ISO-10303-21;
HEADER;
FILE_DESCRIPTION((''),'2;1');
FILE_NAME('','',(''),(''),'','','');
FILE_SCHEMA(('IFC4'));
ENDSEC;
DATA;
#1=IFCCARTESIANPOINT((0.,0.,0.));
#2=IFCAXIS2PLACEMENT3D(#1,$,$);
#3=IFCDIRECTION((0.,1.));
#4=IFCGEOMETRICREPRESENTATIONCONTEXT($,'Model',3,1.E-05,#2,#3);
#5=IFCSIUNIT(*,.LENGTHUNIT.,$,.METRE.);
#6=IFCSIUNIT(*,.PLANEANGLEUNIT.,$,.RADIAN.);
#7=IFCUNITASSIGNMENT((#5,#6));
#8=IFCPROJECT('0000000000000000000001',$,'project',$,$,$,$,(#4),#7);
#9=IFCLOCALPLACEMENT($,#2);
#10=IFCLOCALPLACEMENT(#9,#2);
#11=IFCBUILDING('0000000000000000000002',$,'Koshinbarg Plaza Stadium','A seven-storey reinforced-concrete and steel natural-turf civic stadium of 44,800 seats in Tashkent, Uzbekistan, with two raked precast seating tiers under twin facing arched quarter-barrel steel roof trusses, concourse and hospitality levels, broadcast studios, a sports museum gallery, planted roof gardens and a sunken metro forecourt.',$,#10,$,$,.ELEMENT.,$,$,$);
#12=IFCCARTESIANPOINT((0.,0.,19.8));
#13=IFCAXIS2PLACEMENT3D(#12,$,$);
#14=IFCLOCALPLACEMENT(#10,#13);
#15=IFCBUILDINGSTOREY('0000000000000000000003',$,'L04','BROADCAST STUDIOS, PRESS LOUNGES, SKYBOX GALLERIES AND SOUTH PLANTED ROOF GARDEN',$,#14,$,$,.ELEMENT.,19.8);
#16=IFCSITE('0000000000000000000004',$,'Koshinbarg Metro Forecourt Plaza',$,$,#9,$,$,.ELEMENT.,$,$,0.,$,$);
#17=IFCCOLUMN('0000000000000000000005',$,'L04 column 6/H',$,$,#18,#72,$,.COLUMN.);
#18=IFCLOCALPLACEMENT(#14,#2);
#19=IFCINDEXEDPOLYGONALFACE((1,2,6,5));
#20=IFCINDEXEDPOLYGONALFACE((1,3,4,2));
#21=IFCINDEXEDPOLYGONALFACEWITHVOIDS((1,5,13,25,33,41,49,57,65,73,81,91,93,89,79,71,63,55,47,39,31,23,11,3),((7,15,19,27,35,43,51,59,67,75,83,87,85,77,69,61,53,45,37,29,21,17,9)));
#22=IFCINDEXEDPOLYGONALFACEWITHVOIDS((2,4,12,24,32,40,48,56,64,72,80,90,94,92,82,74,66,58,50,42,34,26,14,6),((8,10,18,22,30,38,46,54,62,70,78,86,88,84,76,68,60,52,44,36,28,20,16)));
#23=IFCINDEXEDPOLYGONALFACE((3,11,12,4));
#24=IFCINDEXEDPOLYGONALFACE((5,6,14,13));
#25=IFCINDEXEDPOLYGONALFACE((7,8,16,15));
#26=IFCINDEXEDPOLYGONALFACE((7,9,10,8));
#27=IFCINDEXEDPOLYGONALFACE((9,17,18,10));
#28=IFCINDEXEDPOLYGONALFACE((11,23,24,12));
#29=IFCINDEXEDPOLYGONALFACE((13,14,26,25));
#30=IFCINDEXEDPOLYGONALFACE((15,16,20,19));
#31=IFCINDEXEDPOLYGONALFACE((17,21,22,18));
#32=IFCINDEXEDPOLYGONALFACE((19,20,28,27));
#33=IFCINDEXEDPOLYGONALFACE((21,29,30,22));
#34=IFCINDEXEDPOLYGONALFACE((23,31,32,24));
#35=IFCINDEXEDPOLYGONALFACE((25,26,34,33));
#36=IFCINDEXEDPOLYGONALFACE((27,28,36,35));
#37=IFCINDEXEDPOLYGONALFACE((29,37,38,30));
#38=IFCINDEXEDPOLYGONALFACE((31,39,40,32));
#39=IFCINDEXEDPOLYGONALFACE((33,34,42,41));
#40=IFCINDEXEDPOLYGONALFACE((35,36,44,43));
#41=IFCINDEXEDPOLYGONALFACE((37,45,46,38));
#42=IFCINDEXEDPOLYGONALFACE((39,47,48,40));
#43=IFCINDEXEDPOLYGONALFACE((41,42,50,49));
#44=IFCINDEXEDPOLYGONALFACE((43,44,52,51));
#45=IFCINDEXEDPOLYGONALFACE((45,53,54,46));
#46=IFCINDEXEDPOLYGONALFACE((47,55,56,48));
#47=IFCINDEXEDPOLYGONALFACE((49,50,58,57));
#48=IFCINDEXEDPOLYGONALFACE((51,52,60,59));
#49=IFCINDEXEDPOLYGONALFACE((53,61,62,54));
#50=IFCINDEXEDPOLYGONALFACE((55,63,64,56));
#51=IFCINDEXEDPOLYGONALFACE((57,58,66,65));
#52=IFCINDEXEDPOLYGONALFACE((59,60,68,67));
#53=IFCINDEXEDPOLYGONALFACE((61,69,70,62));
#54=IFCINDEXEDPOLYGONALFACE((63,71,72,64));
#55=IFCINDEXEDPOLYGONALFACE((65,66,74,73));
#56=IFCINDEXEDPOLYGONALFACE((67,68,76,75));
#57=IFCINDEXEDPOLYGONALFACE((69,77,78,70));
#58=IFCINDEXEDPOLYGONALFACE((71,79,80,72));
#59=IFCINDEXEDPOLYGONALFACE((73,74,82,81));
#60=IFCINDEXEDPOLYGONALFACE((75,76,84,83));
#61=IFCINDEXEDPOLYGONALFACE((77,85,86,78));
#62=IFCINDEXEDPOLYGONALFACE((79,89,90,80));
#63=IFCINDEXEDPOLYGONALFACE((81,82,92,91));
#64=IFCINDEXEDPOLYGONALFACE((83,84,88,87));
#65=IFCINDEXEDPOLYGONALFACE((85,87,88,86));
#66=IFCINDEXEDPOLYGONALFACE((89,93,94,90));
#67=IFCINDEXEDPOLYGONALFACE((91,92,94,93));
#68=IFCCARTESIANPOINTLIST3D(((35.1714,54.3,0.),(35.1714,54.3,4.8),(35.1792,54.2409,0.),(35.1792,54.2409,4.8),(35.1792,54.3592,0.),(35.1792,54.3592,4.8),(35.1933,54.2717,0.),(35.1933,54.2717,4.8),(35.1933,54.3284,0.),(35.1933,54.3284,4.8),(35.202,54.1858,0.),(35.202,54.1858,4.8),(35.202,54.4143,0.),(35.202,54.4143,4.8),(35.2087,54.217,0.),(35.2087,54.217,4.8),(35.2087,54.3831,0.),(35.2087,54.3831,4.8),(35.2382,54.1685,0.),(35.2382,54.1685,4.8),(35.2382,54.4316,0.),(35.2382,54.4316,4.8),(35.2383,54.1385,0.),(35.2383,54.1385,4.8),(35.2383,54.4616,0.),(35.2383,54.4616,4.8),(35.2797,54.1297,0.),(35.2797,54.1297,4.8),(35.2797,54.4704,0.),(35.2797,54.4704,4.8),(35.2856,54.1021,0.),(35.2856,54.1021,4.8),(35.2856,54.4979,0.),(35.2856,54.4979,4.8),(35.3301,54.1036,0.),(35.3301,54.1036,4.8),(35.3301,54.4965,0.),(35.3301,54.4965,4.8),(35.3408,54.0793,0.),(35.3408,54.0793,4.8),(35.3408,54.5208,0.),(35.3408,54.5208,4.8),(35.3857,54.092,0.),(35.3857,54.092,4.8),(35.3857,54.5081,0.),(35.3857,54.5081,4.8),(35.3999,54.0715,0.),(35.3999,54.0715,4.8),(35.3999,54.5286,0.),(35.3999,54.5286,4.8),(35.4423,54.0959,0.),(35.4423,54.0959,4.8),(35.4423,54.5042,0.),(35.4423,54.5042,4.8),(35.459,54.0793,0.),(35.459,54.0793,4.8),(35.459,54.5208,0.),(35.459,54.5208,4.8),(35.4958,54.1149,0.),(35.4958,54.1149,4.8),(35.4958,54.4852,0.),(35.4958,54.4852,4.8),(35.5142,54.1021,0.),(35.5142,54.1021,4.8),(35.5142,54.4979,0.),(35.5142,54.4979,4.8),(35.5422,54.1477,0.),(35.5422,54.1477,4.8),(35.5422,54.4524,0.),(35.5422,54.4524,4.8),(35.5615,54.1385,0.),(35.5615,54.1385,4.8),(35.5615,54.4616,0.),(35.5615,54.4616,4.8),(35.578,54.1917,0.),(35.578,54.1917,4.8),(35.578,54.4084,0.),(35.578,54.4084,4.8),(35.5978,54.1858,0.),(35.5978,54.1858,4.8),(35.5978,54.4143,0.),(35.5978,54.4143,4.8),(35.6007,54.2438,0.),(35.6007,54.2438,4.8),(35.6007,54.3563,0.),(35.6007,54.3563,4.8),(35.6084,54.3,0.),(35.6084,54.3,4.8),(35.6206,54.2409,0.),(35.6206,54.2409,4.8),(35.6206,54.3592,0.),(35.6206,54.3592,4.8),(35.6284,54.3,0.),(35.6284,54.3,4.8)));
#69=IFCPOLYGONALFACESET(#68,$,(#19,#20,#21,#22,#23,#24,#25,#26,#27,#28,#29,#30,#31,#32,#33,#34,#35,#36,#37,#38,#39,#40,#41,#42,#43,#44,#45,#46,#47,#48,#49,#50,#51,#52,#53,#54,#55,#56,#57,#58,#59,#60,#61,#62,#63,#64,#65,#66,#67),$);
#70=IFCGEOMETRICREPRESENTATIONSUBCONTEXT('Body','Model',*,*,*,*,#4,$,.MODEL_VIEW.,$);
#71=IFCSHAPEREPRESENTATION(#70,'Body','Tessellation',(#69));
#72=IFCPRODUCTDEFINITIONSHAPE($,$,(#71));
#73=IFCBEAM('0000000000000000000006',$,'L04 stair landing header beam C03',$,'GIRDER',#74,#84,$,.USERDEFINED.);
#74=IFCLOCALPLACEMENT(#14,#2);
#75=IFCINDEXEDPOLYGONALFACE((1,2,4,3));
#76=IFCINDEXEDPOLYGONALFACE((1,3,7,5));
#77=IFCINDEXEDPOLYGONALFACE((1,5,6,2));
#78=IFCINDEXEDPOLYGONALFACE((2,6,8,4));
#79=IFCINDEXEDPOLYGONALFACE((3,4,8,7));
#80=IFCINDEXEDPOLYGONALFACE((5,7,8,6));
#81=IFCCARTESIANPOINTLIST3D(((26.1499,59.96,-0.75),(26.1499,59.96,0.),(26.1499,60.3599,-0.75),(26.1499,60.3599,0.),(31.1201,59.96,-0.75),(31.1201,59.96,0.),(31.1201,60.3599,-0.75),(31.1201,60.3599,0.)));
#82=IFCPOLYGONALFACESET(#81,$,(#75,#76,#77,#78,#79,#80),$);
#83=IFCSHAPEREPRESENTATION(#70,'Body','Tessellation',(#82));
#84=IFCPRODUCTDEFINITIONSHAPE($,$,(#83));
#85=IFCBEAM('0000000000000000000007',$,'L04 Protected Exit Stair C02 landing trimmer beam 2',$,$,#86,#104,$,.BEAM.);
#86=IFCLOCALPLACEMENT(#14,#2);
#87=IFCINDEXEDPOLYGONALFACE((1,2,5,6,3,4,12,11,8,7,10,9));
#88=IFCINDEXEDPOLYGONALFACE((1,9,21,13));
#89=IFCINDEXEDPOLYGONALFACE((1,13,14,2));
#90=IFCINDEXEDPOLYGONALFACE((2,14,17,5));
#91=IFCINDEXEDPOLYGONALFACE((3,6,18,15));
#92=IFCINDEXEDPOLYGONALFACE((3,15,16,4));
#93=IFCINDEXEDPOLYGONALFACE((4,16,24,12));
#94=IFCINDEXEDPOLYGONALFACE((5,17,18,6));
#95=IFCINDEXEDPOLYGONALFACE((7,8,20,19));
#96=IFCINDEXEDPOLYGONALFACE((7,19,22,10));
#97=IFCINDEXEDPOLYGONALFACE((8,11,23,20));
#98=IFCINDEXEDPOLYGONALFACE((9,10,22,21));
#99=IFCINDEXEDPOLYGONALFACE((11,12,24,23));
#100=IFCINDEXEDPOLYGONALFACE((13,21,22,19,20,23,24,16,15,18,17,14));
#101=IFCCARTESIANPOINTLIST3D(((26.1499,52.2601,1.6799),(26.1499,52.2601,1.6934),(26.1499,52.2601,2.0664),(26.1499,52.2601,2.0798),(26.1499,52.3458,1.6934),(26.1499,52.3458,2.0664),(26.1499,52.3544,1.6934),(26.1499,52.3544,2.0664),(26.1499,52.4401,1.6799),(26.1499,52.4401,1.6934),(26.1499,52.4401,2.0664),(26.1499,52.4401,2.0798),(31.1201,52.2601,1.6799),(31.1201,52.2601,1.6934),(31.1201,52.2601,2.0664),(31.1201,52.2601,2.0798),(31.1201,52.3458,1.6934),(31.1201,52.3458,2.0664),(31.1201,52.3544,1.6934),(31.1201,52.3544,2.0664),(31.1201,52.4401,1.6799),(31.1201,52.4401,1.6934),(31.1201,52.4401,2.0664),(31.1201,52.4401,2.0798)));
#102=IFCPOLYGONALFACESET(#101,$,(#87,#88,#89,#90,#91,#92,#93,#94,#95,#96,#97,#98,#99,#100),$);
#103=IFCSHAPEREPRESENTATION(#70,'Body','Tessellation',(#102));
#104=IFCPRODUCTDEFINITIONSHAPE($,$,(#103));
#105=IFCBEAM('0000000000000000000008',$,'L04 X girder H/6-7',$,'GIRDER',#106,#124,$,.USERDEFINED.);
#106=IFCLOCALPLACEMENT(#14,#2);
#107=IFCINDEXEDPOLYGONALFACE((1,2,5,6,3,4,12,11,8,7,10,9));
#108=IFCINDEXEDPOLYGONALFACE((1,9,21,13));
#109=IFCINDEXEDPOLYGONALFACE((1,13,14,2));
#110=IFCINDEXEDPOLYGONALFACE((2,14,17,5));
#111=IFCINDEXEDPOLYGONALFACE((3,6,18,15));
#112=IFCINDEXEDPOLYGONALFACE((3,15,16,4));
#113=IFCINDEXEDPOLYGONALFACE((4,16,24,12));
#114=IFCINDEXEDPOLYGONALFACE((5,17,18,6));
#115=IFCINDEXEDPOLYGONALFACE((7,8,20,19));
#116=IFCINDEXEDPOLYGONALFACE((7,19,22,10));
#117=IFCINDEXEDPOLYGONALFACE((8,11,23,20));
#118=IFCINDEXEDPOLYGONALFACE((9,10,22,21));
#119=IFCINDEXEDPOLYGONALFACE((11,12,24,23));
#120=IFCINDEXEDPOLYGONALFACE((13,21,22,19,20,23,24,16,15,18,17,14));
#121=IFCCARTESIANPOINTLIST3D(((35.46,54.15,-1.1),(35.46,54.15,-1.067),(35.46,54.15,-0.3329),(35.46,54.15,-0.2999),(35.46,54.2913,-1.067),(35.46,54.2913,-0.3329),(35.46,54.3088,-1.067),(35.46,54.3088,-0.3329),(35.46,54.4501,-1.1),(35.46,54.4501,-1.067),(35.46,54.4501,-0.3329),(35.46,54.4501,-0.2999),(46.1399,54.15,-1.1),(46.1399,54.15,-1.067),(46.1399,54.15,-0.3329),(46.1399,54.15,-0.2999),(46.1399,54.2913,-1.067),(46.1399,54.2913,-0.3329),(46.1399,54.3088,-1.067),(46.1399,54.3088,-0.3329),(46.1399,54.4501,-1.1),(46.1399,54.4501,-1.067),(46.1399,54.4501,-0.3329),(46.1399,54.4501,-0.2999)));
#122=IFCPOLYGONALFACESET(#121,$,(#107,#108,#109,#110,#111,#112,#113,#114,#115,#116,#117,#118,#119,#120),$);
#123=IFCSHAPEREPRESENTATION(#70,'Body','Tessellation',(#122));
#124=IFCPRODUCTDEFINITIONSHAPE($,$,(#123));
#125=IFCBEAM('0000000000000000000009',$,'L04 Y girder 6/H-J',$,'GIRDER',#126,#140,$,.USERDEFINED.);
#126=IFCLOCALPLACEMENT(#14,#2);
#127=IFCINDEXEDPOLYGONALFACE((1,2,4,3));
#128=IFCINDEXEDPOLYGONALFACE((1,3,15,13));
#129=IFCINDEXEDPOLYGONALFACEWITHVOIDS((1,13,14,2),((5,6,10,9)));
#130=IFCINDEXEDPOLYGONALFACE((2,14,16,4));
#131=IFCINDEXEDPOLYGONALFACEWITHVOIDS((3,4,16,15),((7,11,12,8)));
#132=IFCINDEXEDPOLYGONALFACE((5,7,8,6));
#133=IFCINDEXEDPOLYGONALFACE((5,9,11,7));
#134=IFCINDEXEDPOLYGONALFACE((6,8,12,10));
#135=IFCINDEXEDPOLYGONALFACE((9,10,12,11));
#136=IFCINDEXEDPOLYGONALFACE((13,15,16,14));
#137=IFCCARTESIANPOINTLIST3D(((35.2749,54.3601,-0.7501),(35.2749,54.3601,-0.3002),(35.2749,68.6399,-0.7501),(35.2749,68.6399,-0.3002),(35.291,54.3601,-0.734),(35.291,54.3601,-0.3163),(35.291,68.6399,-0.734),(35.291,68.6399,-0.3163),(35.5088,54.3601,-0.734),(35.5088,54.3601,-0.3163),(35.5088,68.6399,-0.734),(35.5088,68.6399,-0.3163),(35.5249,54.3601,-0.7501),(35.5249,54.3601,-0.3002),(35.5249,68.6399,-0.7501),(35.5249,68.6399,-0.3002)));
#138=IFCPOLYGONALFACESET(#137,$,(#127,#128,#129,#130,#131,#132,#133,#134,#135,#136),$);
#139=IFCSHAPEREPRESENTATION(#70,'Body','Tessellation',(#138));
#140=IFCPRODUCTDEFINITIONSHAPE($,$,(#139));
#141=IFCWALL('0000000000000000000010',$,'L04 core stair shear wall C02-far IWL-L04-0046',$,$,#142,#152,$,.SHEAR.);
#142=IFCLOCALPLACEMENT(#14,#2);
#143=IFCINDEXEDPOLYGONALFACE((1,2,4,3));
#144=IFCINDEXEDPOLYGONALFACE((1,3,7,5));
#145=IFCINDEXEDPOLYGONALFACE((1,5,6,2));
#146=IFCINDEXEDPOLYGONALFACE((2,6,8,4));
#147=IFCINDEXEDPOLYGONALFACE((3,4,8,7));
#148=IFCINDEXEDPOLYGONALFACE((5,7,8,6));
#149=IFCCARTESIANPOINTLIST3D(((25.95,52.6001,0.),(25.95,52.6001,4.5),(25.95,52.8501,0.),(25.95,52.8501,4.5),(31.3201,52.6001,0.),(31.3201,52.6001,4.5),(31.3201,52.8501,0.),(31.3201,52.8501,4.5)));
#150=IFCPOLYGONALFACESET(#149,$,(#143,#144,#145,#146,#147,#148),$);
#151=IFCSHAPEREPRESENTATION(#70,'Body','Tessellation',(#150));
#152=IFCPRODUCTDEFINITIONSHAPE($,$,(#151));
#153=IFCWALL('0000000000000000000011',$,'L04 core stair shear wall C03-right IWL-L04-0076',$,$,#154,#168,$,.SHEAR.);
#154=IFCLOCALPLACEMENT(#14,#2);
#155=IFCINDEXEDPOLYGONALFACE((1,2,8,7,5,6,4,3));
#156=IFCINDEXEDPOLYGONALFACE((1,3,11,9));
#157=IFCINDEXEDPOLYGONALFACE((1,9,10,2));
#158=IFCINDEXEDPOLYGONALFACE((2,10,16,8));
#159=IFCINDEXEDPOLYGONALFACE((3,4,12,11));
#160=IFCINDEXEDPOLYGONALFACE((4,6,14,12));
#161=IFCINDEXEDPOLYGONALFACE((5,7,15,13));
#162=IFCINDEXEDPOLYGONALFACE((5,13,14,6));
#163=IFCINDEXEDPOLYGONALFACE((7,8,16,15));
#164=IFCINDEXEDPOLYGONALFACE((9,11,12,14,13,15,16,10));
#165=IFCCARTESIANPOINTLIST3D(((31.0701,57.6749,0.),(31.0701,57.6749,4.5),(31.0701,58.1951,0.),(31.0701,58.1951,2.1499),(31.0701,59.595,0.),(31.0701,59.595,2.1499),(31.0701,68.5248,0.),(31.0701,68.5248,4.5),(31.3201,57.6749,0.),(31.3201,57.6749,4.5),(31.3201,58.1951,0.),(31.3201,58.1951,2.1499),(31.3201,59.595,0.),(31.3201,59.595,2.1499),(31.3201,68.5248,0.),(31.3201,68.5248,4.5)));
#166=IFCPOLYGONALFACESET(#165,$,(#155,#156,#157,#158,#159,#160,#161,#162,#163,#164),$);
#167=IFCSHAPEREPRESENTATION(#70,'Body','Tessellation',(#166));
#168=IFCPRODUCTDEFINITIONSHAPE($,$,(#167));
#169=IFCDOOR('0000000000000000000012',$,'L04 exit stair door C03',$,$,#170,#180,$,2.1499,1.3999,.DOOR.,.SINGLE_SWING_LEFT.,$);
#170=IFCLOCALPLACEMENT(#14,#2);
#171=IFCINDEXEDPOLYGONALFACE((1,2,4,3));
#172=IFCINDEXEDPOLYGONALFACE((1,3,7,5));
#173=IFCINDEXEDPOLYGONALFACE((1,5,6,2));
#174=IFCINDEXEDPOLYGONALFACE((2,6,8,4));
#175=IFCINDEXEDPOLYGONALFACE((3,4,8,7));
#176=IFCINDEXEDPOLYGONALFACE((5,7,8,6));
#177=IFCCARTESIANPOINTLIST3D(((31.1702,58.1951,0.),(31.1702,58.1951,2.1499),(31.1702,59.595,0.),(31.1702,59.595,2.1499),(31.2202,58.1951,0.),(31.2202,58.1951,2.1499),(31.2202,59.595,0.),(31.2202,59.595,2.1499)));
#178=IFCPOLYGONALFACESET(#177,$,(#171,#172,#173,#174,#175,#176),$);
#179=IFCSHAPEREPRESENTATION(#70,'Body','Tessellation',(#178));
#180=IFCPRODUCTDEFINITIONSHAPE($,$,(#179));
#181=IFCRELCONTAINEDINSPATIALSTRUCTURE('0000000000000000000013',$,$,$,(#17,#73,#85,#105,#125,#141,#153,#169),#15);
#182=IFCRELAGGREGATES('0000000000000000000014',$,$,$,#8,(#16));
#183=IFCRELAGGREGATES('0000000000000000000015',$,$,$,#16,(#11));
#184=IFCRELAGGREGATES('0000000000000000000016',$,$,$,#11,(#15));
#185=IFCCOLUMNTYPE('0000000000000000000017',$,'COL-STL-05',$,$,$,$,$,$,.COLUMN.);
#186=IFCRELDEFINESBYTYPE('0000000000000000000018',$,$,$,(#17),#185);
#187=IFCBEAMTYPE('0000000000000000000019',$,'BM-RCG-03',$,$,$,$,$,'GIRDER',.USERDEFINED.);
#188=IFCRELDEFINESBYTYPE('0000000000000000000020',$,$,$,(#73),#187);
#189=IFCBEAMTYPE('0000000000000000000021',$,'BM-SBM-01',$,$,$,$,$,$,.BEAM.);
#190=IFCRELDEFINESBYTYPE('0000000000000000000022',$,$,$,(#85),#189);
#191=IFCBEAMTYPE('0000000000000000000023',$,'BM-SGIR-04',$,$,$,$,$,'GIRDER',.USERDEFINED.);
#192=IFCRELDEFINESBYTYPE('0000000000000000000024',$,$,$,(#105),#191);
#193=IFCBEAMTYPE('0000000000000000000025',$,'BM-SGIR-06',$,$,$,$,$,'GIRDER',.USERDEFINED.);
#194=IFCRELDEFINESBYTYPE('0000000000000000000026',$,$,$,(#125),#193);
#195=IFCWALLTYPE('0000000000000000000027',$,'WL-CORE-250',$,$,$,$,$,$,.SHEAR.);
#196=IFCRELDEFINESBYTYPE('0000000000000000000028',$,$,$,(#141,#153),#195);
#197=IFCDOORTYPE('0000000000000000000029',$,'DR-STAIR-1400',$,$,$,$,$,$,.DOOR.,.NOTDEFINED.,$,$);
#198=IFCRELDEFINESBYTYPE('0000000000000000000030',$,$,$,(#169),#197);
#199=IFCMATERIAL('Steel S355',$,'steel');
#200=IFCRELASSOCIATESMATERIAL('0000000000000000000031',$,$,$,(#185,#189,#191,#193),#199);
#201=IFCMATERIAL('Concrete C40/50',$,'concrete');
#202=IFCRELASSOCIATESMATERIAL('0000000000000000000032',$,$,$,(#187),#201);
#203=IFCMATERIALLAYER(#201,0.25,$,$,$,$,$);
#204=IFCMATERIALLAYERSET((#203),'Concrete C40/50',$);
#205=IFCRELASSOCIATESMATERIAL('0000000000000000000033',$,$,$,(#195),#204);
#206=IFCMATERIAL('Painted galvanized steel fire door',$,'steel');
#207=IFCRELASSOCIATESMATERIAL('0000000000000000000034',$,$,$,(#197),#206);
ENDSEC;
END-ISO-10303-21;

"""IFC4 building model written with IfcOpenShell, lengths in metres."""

from ifc_helpers import new_model, si_unit, direction, frame, frame_2d, origin, origin_2d, place, context, subcontext, project, spatial, rectangle, hollow_rectangle, hollow_circle, i_section, extrude, material, layer, layer_set, material_profile, profile_set, type_object, element, fill, save


model = new_model("IFC4")

# Units and contexts
model_context = context("Model", 3, precision=1e-05, world=origin(), true_north=direction((0.0, 1.0)))
body_context = subcontext(model_context, "Body", "Model", "MODEL_VIEW")
ifc_project = project(units=[si_unit("LENGTHUNIT", "METRE"), si_unit("PLANEANGLEUNIT", "RADIAN")], contexts=[model_context])

# Site, building, storey
site_placement = place(None, origin())
site = spatial("IfcSite", under=ifc_project, at=site_placement, Name="Koshinbarg Metro Forecourt Plaza", CompositionType="ELEMENT", RefElevation=0.0)
building_placement = place(site_placement, origin())
building = spatial("IfcBuilding", under=site, at=building_placement, Name="Koshinbarg Plaza Stadium", Description="A seven-storey reinforced-concrete and steel natural-turf civic stadium of 44,800 seats in Tashkent, Uzbekistan, with two raked precast seating tiers under twin facing arched quarter-barrel steel roof trusses, concourse and hospitality levels, broadcast studios, a sports museum gallery, planted roof gardens and a sunken metro forecourt.", CompositionType="ELEMENT")
storey_placement = place(building_placement, frame((0.0, 0.0, 19.8)))
storey = spatial("IfcBuildingStorey", under=building, at=storey_placement, Name="L04", Description="BROADCAST STUDIOS, PRESS LOUNGES, SKYBOX GALLERIES AND SOUTH PLANTED ROOF GARDEN", CompositionType="ELEMENT", Elevation=19.8)

# Column
ifc_material_1 = material(Name="Steel S355", Category="steel")
ifc_material_profile_1 = material_profile(ifc_material_1, hollow_circle(Radius=0.2285, WallThickness=0.02, at=origin_2d()), Name="CHS 457x20")
ifc_profile_set_1 = profile_set([ifc_material_profile_1], Name="Steel S355")
column_type = type_object("IfcColumnType", Name="COL-STL-05", PredefinedType="COLUMN", material=ifc_profile_set_1)
column_placement = place(storey_placement, frame((35.3999, 54.3, 0.0), z_axis=(0.0, 0.0, 1.0), x_axis=(1.0, 0.0, 0.0)))
element("IfcColumn", 1, at=column_placement, inside=storey, type_object=column_type, Name="L04 column 6/H", PredefinedType="COLUMN", context=body_context, shape_type="SweptSolid", body=[
    extrude(hollow_circle(Radius=0.2285, WallThickness=0.02, at=origin_2d()), origin(), (0.0, 0.0, 1.0), 4.8),
])

# Beams
ifc_material_2 = material(Name="Concrete C40/50", Category="concrete")
ifc_material_profile_2 = material_profile(ifc_material_2, rectangle(XDim=0.3999, YDim=0.75, at=origin_2d()), Name="RC 400x750")
ifc_profile_set_2 = profile_set([ifc_material_profile_2], Name="Concrete C40/50")
beam_type_1 = type_object("IfcBeamType", Name="BM-RCG-03", ElementType="GIRDER", PredefinedType="USERDEFINED", material=ifc_profile_set_2)
beam_1_placement = place(storey_placement, frame((26.1499, 60.1599, -0.375), z_axis=(1.0, 0.0, 0.0), x_axis=(0.0, 1.0, 0.0)))
element("IfcBeam", 2, at=beam_1_placement, inside=storey, type_object=beam_type_1, Name="L04 stair landing header beam C03", ObjectType="GIRDER", PredefinedType="USERDEFINED", context=body_context, shape_type="SweptSolid", body=[
    extrude(rectangle(XDim=0.3999, YDim=0.75, at=origin_2d()), origin(), (0.0, 0.0, 1.0), 4.9702),
])
ifc_material_profile_3 = material_profile(ifc_material_1, i_section(OverallWidth=0.1799, OverallDepth=0.3999, WebThickness=0.0085, FlangeThickness=0.0134, at=origin_2d()), Name="IPE 400")
ifc_profile_set_3 = profile_set([ifc_material_profile_3], Name="Steel S355")
beam_type_2 = type_object("IfcBeamType", Name="BM-SBM-01", PredefinedType="BEAM", material=ifc_profile_set_3)
beam_2_placement = place(storey_placement, frame((26.1499, 52.3501, 1.8799), z_axis=(1.0, 0.0, 0.0), x_axis=(0.0, 1.0, 0.0)))
element("IfcBeam", 3, at=beam_2_placement, inside=storey, type_object=beam_type_2, Name="L04 Protected Exit Stair C02 landing trimmer beam 2", PredefinedType="BEAM", context=body_context, shape_type="SweptSolid", body=[
    extrude(i_section(OverallWidth=0.1799, OverallDepth=0.3999, WebThickness=0.0085, FlangeThickness=0.0134, at=origin_2d()), origin(), (0.0, 0.0, 1.0), 4.9702),
])
ifc_material_profile_4 = material_profile(ifc_material_1, i_section(OverallWidth=0.3, OverallDepth=0.8, WebThickness=0.0176, FlangeThickness=0.033, at=origin_2d()), Name="HEB 800")
ifc_profile_set_4 = profile_set([ifc_material_profile_4], Name="Steel S355")
beam_type_3 = type_object("IfcBeamType", Name="BM-SGIR-04", ElementType="GIRDER", PredefinedType="USERDEFINED", material=ifc_profile_set_4)
beam_3_placement = place(storey_placement, frame((35.46, 54.3, -0.7), z_axis=(1.0, 0.0, 0.0), x_axis=(0.0, 1.0, 0.0)))
element("IfcBeam", 4, at=beam_3_placement, inside=storey, type_object=beam_type_3, Name="L04 X girder H/6-7", ObjectType="GIRDER", PredefinedType="USERDEFINED", context=body_context, shape_type="SweptSolid", body=[
    extrude(i_section(OverallWidth=0.3, OverallDepth=0.8, WebThickness=0.0176, FlangeThickness=0.033, at=origin_2d()), origin(), (0.0, 0.0, 1.0), 10.6799),
])
ifc_material_profile_5 = material_profile(ifc_material_1, hollow_rectangle(XDim=0.25, YDim=0.45, WallThickness=0.0161, at=origin_2d()), Name="RHS 450x250x16")
ifc_profile_set_5 = profile_set([ifc_material_profile_5], Name="Steel S355")
beam_type_4 = type_object("IfcBeamType", Name="BM-SGIR-06", ElementType="GIRDER", PredefinedType="USERDEFINED", material=ifc_profile_set_5)
beam_4_placement = place(storey_placement, frame((35.3999, 54.3601, -0.5251), z_axis=(0.0, 1.0, 0.0), x_axis=(-1.0, 0.0, 0.0)))
element("IfcBeam", 5, at=beam_4_placement, inside=storey, type_object=beam_type_4, Name="L04 Y girder 6/H-J", ObjectType="GIRDER", PredefinedType="USERDEFINED", context=body_context, shape_type="SweptSolid", body=[
    extrude(hollow_rectangle(XDim=0.25, YDim=0.45, WallThickness=0.0161, at=origin_2d()), origin(), (0.0, 0.0, 1.0), 14.2798),
])

# Wall
ifc_layer_1 = layer(ifc_material_2, 0.25)
ifc_layer_set_1 = layer_set([ifc_layer_1], Name="Concrete C40/50")
wall_type_1 = type_object("IfcWallType", Name="WL-CORE-250", PredefinedType="SHEAR", material=ifc_layer_set_1)
wall_1_placement = place(storey_placement, frame((31.3201, 52.7251, 0.0), z_axis=(0.0, 0.0, 1.0), x_axis=(-1.0, 0.0, 0.0)))
element("IfcWall", 6, at=wall_1_placement, inside=storey, type_object=wall_type_1, Name="L04 core stair shear wall C02-far IWL-L04-0046", PredefinedType="SHEAR", context=body_context, shape_type="SweptSolid", body=[
    extrude(rectangle(XDim=5.3701, YDim=0.25, at=frame_2d((2.6851, 0.0))), origin(), (0.0, 0.0, 1.0), 4.5),
])

# Wall, opening, door
wall_2_placement = place(storey_placement, frame((31.1951, 57.675, 0.0), z_axis=(0.0, 0.0, 1.0), x_axis=(0.0, 1.0, 0.0)))
wall_2 = element("IfcWall", 7, at=wall_2_placement, inside=storey, type_object=wall_type_1, Name="L04 core stair shear wall C03-right IWL-L04-0076", PredefinedType="SHEAR", context=body_context, shape_type="SweptSolid", body=[
    extrude(rectangle(XDim=10.8499, YDim=0.25, at=frame_2d((5.4248, 0.0))), origin(), (0.0, 0.0, 1.0), 4.5),
])
opening_1_placement = place(wall_2_placement, frame((0.52, 0.0, 0.0)))
opening_1 = element("IfcOpeningElement", 8, at=opening_1_placement, cuts=wall_2, PredefinedType="OPENING", context=body_context, shape_type="SweptSolid", body=[
    extrude(rectangle(XDim=1.3999, YDim=2.1499, at=frame_2d((0.7, 1.075))), frame((0.0, 0.135, 0.0), z_axis=(0.0, -1.0, 0.0), x_axis=(1.0, 0.0, 0.0)), (0.0, 0.0, 1.0), 0.27),
])
ifc_material_3 = material(Name="Painted galvanized steel fire door", Category="steel")
door_type_1 = type_object("IfcDoorType", Name="DR-STAIR-1400", OperationType="NOTDEFINED", PredefinedType="DOOR", material=ifc_material_3)
door_1_placement = place(opening_1_placement, origin())
door_1 = element("IfcDoor", 9, at=door_1_placement, inside=storey, type_object=door_type_1, Name="L04 exit stair door C03", OperationType="SINGLE_SWING_LEFT", OverallHeight=2.1499, OverallWidth=1.3999, PredefinedType="DOOR", context=body_context, shape_type="SweptSolid", body=[
    extrude(rectangle(XDim=1.3999, YDim=2.1499, at=frame_2d((0.7, 1.075))), frame((0.0, 0.0249, 0.0), z_axis=(0.0, -1.0, 0.0), x_axis=(1.0, 0.0, 0.0)), (0.0, 0.0, 1.0), 0.05),
])
fill(opening_1, door_1)

save(model, "model.ifc")
